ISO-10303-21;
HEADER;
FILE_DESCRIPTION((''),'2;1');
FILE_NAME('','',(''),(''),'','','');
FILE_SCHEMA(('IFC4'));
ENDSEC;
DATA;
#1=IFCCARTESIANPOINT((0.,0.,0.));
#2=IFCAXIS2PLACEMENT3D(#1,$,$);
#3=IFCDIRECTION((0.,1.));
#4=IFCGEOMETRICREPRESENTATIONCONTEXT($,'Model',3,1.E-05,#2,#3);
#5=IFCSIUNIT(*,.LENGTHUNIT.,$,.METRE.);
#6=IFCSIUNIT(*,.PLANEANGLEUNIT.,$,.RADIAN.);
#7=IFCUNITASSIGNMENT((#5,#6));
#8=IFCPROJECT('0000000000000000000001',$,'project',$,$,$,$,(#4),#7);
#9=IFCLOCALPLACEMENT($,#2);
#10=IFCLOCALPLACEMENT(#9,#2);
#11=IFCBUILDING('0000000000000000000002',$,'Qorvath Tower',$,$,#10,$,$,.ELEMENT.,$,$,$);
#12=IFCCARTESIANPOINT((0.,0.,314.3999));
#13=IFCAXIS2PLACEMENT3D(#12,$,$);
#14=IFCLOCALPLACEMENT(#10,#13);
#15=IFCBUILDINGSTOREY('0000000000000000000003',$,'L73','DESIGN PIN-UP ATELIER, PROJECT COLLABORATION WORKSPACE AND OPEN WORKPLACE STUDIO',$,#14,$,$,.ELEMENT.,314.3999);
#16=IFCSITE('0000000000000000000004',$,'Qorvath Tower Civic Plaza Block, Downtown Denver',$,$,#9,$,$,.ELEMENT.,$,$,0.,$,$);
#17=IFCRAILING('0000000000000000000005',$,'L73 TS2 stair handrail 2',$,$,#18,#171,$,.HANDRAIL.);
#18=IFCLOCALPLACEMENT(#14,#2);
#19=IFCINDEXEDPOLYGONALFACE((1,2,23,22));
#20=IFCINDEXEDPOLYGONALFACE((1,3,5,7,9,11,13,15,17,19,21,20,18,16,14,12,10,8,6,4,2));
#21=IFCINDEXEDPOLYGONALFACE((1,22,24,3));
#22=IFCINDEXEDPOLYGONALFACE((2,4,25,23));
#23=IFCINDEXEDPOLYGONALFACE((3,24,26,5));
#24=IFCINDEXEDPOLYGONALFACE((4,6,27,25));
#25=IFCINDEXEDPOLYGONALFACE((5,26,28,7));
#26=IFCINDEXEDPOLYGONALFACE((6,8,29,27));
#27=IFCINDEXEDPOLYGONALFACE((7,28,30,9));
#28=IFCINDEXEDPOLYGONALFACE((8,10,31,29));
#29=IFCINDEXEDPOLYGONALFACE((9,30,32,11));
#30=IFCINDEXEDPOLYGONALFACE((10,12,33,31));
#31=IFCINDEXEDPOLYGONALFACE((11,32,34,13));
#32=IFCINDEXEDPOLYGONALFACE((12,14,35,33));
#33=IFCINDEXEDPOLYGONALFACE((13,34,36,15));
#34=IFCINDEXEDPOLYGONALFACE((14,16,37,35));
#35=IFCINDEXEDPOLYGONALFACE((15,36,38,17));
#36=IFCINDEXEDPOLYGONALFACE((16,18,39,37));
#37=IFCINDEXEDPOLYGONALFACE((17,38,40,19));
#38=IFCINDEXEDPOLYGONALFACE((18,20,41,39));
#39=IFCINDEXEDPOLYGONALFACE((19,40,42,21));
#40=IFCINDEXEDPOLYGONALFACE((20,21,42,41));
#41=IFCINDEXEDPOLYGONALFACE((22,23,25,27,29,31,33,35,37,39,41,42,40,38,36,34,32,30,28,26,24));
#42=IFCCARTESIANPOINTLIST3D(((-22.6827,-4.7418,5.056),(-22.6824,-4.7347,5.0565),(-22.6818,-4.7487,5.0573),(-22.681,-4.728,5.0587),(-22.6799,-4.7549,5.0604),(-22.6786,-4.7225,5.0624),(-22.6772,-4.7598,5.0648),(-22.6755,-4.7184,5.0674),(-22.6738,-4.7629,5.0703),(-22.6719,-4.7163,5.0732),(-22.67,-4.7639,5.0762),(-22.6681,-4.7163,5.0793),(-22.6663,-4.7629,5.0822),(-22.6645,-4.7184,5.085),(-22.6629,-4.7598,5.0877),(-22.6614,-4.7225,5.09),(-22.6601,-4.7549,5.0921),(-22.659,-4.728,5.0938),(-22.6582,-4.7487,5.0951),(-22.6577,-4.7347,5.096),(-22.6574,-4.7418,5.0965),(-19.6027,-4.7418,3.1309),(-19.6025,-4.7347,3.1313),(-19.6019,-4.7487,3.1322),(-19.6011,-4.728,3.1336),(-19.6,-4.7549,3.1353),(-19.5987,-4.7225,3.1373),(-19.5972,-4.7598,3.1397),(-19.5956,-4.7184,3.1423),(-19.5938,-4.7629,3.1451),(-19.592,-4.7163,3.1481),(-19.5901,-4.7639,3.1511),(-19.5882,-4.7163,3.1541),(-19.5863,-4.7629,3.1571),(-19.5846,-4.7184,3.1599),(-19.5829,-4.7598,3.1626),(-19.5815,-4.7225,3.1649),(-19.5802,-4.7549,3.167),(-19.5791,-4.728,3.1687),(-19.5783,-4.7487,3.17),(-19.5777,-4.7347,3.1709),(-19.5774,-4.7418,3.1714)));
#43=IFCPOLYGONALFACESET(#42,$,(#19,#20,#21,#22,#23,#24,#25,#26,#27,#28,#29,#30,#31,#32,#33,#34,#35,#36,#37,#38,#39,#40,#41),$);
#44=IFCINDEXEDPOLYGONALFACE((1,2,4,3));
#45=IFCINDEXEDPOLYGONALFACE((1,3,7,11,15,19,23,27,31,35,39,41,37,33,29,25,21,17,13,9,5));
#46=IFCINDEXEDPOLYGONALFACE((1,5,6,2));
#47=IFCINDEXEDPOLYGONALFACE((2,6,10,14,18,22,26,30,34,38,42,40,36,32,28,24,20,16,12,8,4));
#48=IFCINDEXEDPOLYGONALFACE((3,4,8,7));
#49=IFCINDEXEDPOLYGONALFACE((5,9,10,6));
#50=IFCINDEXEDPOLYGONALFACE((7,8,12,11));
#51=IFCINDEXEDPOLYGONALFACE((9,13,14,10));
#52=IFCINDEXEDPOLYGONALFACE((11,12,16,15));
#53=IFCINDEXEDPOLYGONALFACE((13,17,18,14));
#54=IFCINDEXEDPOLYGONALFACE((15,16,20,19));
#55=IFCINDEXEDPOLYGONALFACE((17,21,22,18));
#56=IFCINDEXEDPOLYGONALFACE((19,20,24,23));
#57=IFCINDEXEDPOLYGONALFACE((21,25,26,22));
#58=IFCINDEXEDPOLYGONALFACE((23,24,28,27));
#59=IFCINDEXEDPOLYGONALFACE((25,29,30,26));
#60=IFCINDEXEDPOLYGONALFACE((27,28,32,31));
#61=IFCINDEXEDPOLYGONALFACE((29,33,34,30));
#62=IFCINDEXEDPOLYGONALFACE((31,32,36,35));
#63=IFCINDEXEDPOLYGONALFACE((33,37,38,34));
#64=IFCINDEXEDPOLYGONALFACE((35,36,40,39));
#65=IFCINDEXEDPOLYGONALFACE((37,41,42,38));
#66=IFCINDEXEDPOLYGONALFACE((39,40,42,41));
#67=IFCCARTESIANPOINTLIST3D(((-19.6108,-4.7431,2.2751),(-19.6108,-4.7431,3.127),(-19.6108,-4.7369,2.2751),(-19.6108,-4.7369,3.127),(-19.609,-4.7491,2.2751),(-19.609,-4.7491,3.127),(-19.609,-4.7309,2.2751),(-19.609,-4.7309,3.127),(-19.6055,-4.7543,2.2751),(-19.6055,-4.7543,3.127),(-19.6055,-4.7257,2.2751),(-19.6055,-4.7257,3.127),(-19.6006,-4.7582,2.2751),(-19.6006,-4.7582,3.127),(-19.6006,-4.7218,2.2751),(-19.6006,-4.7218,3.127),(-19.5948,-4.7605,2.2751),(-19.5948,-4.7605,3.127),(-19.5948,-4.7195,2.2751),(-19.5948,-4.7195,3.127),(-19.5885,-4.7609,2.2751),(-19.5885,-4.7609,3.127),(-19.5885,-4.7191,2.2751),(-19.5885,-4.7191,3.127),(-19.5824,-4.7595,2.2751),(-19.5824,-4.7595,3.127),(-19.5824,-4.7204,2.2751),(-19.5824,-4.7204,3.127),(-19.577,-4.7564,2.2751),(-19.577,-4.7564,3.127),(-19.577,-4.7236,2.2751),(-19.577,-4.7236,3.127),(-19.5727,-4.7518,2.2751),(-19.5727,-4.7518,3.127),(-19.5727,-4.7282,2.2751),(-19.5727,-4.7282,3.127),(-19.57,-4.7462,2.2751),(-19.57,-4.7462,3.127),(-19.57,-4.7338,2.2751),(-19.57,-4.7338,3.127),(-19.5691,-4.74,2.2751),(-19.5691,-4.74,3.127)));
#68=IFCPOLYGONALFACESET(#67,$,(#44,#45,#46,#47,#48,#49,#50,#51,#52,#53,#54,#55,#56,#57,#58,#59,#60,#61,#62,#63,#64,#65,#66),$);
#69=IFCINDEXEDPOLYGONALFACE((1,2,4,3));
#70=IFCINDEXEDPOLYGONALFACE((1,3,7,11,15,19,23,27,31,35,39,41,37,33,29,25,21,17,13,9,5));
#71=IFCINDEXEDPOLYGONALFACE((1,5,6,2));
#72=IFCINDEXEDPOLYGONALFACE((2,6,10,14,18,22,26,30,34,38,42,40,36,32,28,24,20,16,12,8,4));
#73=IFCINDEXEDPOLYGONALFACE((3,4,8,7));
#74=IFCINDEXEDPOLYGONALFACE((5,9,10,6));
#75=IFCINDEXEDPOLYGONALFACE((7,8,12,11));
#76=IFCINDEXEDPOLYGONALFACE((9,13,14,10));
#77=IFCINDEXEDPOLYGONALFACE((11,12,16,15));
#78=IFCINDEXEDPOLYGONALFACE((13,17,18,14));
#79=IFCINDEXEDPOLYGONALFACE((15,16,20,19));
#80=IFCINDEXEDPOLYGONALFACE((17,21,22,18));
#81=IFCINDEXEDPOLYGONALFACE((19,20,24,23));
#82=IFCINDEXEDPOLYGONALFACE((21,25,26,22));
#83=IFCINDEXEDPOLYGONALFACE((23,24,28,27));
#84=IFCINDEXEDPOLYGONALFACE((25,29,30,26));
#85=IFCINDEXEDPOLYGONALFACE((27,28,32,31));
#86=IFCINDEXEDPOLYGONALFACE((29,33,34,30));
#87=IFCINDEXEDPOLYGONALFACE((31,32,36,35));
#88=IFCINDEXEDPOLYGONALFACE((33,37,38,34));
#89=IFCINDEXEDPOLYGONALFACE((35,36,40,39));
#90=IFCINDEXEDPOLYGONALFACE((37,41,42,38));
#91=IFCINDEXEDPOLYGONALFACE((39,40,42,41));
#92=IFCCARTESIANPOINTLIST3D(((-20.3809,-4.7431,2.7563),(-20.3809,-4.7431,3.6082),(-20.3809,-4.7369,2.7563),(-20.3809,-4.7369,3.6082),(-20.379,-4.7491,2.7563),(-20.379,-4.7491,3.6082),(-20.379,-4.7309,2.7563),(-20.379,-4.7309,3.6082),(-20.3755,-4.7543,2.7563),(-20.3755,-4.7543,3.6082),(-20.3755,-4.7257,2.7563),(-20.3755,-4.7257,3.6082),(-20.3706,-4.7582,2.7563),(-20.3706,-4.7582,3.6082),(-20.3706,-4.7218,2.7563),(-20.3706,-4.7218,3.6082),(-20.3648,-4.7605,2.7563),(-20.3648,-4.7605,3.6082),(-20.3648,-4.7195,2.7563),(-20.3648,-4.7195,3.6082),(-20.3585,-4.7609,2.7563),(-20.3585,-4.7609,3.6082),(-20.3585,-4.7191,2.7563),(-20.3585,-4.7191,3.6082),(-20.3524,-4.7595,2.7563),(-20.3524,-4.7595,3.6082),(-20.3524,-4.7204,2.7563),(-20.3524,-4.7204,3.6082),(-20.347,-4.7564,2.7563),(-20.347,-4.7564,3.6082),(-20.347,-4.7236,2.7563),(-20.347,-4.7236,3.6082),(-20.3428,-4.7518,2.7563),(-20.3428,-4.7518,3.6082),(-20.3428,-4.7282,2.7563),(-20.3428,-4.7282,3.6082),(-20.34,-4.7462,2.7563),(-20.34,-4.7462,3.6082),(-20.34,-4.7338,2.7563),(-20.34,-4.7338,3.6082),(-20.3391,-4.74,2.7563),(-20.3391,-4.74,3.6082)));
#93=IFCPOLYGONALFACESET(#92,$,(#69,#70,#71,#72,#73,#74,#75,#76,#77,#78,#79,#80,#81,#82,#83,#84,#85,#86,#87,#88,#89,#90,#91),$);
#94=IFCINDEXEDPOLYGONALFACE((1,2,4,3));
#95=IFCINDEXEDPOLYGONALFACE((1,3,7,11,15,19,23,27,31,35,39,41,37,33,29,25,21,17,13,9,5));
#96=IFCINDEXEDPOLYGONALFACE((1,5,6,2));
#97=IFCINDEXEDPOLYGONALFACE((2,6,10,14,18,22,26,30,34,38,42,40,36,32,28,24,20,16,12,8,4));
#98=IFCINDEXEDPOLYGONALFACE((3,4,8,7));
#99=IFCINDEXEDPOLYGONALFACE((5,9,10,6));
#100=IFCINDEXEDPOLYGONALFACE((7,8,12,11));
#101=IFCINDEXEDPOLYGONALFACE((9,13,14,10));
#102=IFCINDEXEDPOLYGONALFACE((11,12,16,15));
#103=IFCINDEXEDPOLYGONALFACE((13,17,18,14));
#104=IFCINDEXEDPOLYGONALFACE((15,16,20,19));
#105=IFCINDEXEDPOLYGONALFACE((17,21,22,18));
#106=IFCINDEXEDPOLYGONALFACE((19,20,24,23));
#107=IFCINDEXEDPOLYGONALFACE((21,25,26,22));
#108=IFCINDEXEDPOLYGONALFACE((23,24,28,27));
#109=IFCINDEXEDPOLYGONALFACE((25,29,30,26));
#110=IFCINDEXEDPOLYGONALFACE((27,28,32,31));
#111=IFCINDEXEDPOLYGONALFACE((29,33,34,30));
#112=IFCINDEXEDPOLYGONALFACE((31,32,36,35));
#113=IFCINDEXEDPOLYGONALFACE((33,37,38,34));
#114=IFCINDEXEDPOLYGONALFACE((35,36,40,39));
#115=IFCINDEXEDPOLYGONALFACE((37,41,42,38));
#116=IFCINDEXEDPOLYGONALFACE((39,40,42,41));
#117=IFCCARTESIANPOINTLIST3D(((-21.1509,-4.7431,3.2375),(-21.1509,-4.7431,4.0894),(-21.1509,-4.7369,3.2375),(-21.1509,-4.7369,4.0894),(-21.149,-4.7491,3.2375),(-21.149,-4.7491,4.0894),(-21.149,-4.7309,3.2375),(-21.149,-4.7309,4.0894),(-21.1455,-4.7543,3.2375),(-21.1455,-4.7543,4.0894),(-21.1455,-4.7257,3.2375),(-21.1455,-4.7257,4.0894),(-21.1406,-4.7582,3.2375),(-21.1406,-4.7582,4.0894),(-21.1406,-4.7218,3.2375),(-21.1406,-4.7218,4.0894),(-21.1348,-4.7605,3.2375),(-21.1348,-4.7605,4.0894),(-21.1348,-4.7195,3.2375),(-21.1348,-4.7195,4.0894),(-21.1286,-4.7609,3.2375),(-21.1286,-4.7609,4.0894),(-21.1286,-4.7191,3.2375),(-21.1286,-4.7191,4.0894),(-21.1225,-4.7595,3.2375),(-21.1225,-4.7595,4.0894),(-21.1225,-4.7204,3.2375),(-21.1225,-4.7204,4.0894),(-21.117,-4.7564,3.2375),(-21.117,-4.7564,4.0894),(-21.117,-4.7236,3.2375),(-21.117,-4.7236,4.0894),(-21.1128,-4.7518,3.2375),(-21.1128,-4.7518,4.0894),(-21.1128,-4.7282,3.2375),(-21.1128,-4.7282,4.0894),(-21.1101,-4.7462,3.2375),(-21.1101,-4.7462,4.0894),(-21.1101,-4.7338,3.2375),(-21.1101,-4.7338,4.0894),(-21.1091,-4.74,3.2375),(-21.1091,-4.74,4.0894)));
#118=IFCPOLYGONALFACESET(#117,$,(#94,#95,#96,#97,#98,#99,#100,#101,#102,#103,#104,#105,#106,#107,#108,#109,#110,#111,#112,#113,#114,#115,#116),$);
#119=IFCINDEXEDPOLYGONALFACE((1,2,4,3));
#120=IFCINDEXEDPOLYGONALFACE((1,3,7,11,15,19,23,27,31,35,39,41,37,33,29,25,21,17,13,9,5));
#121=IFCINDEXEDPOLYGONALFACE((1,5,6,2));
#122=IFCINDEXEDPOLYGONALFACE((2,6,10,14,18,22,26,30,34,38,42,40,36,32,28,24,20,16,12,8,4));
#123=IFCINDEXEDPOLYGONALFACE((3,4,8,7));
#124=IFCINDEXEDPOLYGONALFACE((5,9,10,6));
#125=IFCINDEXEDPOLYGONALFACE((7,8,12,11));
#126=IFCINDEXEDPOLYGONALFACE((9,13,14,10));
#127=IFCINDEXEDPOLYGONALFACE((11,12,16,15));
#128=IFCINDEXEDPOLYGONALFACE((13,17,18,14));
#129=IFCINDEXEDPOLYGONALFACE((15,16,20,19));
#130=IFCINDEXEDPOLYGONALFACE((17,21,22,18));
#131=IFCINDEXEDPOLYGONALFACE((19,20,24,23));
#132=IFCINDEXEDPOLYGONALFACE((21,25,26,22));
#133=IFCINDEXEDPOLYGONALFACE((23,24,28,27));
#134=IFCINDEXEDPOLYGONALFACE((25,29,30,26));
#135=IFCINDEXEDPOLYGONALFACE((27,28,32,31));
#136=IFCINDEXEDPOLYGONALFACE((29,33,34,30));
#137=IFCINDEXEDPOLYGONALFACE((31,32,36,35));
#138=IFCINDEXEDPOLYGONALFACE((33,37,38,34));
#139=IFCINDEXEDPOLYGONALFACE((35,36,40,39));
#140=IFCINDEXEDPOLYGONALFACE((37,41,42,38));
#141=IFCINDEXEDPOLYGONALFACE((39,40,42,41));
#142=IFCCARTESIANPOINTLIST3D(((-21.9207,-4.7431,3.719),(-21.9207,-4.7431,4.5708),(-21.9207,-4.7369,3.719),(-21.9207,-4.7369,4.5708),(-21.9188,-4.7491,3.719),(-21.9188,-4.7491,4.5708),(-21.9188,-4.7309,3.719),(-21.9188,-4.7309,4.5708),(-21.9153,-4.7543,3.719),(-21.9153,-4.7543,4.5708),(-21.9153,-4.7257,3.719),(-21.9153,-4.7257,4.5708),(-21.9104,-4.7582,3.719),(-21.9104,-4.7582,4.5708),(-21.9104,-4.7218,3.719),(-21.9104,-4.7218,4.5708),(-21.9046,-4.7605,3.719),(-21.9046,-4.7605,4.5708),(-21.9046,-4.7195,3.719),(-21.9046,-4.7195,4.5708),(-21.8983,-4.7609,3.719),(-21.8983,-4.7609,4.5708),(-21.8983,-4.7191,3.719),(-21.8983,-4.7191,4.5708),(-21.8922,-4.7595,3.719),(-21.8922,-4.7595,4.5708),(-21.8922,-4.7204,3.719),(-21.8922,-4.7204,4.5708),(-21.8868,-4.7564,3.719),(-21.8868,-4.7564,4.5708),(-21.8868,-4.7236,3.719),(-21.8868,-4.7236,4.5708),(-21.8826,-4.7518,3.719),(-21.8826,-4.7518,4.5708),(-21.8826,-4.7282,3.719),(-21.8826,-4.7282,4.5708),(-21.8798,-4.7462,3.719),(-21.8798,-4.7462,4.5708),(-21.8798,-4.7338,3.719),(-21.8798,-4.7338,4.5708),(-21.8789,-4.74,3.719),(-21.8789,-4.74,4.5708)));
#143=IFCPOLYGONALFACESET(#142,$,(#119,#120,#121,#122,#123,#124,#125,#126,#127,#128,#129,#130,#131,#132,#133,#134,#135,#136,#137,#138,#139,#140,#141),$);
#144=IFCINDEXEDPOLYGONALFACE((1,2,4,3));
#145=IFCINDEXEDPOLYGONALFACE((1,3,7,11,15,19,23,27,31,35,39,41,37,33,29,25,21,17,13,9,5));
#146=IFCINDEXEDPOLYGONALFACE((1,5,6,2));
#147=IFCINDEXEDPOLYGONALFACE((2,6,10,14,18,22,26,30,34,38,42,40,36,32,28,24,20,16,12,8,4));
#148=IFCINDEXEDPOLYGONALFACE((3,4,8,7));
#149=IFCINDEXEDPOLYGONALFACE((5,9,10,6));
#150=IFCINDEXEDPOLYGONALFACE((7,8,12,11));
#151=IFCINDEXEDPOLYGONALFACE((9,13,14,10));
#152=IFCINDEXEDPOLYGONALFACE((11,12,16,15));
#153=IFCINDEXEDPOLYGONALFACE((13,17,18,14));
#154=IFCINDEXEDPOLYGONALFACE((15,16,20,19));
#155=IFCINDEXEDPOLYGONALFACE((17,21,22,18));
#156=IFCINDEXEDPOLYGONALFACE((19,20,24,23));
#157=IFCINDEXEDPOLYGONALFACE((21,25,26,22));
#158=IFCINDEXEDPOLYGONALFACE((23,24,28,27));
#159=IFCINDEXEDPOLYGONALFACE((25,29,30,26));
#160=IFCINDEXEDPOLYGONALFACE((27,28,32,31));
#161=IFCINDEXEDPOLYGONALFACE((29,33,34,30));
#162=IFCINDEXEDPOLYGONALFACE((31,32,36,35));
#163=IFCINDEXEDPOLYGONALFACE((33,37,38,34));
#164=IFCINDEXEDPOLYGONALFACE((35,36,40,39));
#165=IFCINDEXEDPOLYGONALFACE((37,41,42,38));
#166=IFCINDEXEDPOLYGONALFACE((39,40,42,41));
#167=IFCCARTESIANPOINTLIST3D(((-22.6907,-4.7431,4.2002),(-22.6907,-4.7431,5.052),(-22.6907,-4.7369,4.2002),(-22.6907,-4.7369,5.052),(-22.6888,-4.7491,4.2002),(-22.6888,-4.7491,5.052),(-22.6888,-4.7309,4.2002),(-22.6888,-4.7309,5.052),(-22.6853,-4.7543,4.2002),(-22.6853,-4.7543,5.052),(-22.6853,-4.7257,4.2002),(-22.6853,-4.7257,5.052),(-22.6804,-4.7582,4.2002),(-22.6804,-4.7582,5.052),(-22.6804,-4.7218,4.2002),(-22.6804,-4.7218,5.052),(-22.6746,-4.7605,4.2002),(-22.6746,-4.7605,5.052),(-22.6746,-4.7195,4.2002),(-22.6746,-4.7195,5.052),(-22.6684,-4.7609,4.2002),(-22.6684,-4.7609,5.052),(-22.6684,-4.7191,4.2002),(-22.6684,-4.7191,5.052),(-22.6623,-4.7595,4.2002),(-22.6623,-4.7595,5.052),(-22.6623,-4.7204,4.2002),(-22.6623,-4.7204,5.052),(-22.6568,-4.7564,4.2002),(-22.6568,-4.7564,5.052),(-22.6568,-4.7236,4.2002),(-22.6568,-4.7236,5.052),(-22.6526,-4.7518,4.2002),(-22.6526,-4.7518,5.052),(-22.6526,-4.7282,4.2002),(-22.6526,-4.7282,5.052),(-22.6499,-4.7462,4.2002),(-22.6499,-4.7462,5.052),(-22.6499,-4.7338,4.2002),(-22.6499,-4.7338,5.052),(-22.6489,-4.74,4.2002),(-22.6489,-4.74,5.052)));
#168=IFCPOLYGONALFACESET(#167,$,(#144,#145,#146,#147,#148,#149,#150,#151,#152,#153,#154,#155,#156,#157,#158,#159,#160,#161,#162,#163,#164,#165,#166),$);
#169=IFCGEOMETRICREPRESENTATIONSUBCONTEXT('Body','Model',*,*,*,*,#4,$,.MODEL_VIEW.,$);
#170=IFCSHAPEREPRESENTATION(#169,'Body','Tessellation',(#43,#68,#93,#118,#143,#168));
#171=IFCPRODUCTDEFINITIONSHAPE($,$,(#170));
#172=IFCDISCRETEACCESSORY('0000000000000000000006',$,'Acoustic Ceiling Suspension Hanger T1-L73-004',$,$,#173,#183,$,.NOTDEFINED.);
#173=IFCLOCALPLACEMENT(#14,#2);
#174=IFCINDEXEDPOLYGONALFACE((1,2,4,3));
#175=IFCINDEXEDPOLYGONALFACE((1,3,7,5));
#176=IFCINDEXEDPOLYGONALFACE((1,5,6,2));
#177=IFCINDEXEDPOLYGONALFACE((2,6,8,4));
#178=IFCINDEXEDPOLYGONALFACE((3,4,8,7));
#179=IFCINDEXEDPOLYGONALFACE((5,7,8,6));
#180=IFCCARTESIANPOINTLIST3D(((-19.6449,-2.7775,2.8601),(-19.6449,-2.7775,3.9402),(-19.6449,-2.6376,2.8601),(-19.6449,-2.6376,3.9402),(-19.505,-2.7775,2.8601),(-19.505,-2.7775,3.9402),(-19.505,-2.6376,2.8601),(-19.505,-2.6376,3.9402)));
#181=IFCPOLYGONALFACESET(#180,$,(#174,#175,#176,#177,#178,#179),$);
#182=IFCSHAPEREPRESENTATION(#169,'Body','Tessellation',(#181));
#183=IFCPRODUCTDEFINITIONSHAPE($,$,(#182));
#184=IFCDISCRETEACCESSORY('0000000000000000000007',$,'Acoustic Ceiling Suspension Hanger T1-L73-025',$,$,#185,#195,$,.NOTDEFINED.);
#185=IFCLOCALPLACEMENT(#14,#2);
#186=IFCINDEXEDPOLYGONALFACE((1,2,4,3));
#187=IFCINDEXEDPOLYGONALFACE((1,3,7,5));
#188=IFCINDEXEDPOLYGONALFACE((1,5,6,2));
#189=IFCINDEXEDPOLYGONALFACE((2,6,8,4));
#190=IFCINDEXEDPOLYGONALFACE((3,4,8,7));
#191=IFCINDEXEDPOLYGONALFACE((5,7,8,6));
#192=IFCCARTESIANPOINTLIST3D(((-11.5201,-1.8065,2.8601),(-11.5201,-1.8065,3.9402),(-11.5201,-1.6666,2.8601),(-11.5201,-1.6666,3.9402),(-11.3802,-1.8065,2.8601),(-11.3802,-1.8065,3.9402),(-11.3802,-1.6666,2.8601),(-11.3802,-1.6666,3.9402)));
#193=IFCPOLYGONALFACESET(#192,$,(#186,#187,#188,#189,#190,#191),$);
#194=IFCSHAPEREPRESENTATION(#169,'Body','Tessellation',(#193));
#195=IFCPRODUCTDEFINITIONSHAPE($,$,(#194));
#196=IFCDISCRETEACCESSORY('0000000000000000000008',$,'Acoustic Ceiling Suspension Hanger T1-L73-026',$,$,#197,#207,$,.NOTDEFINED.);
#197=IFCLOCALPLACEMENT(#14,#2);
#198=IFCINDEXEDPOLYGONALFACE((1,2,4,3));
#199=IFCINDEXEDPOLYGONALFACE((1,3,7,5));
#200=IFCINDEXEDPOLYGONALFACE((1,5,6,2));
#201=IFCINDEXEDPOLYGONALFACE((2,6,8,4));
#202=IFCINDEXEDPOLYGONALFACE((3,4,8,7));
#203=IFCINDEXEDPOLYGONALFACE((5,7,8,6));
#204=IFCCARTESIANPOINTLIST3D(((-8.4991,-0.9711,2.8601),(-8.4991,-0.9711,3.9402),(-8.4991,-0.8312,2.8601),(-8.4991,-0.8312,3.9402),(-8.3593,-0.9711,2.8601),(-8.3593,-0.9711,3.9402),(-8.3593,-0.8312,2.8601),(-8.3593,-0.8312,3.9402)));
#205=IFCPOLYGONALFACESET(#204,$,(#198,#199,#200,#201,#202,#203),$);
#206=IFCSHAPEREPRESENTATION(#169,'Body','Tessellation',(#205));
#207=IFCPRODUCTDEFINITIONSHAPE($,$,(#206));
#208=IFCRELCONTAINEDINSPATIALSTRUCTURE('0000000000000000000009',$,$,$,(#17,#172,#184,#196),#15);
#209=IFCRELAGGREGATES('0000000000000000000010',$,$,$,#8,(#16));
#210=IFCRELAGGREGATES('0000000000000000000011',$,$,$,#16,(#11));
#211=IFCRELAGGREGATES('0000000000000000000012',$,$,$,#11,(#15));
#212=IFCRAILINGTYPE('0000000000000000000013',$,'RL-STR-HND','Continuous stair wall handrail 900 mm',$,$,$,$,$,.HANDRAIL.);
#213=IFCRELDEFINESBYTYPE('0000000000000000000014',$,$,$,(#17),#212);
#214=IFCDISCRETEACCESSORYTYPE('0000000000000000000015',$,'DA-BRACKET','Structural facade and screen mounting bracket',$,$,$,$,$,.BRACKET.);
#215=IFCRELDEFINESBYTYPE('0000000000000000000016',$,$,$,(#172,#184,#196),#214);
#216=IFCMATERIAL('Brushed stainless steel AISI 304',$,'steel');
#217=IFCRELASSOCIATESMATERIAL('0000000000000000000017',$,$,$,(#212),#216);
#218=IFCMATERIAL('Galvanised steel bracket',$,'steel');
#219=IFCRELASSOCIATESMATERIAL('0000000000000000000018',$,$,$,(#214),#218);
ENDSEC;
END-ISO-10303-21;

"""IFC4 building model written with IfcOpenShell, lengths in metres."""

from ifc_helpers import new_model, si_unit, direction, frame, origin, origin_2d, place, context, subcontext, project, spatial, rectangle, circle, extrude, material, type_object, element, save


model = new_model("IFC4")

# Units and contexts
model_context = context("Model", 3, precision=1e-05, world=origin(), true_north=direction((0.0, 1.0)))
body_context = subcontext(model_context, "Body", "Model", "MODEL_VIEW")
ifc_project = project(units=[si_unit("LENGTHUNIT", "METRE"), si_unit("PLANEANGLEUNIT", "RADIAN")], contexts=[model_context])

# Site, building, storey
site_placement = place(None, origin())
site = spatial("IfcSite", under=ifc_project, at=site_placement, Name="Qorvath Tower Civic Plaza Block, Downtown Denver", CompositionType="ELEMENT", RefElevation=0.0)
building_placement = place(site_placement, origin())
building = spatial("IfcBuilding", under=site, at=building_placement, Name="Qorvath Tower", CompositionType="ELEMENT")
storey_placement = place(building_placement, frame((0.0, 0.0, 314.3999)))
storey = spatial("IfcBuildingStorey", under=building, at=storey_placement, Name="L73", Description="DESIGN PIN-UP ATELIER, PROJECT COLLABORATION WORKSPACE AND OPEN WORKPLACE STUDIO", CompositionType="ELEMENT", Elevation=314.3999)

# Railing
ifc_material_1 = material(Name="Brushed stainless steel AISI 304", Category="steel")
railing_type_1 = type_object("IfcRailingType", Name="RL-STR-HND", Description="Continuous stair wall handrail 900 mm", PredefinedType="HANDRAIL", material=ifc_material_1)
railing_1_placement = place(storey_placement, frame((-19.5901, -4.74, 2.2751)))
element("IfcRailing", 1, at=railing_1_placement, inside=storey, type_object=railing_type_1, Name="L73 TS2 stair handrail 2", PredefinedType="HANDRAIL", context=body_context, shape_type="SweptSolid", body=[
    extrude(circle(Radius=0.0239, at=origin_2d()), frame((0.0, 0.0, 0.876), z_axis=(-0.847979, 0.0, 0.530029), x_axis=(0.0, -1.0, 0.0)), (0.0, 0.0, 1.0), 3.6321),
    extrude(circle(Radius=0.021, at=origin_2d()), origin(), (0.0, 0.0, 1.0), 0.8518),
    extrude(circle(Radius=0.021, at=origin_2d()), frame((-0.77, 0.0, 0.4812)), (0.0, 0.0, 1.0), 0.8518),
    extrude(circle(Radius=0.021, at=origin_2d()), frame((-1.54, 0.0, 0.9624)), (0.0, 0.0, 1.0), 0.8518),
    extrude(circle(Radius=0.021, at=origin_2d()), frame((-2.3098, 0.0, 1.4438)), (0.0, 0.0, 1.0), 0.8518),
    extrude(circle(Radius=0.021, at=origin_2d()), frame((-3.0798, 0.0, 1.925)), (0.0, 0.0, 1.0), 0.8518),
])

# Discrete accessories
ifc_material_2 = material(Name="Galvanised steel bracket", Category="steel")
discrete_accessory_type = type_object("IfcDiscreteAccessoryType", Name="DA-BRACKET", Description="Structural facade and screen mounting bracket", PredefinedType="BRACKET", material=ifc_material_2)
for number, where, z_axis, x_axis, name in (
    (2, (-19.575, -2.7075, 2.8601), (0.0, 0.0, 1.0), (1.0, 0.0, 0.0), "Acoustic Ceiling Suspension Hanger T1-L73-004"),
    (3, (-11.4502, -1.7366, 2.8601), (0.0, 0.0, 1.0), (1.0, 0.0, 0.0), "Acoustic Ceiling Suspension Hanger T1-L73-025"),
    (4, (-8.4292, -0.9011, 2.8601), (0.0, 0.0, 1.0), (1.0, 0.0, 0.0), "Acoustic Ceiling Suspension Hanger T1-L73-026"),
):
    element("IfcDiscreteAccessory", number, at=place(storey_placement, frame(where, z_axis=z_axis, x_axis=x_axis)), inside=storey, type_object=discrete_accessory_type, Name=name, PredefinedType="NOTDEFINED", context=body_context, shape_type="SweptSolid", body=[
        extrude(rectangle(XDim=0.1399, YDim=0.1399, at=origin_2d()), origin(), (0.0, 0.0, 1.0), 1.0801),
    ])

save(model, "model.ifc")
